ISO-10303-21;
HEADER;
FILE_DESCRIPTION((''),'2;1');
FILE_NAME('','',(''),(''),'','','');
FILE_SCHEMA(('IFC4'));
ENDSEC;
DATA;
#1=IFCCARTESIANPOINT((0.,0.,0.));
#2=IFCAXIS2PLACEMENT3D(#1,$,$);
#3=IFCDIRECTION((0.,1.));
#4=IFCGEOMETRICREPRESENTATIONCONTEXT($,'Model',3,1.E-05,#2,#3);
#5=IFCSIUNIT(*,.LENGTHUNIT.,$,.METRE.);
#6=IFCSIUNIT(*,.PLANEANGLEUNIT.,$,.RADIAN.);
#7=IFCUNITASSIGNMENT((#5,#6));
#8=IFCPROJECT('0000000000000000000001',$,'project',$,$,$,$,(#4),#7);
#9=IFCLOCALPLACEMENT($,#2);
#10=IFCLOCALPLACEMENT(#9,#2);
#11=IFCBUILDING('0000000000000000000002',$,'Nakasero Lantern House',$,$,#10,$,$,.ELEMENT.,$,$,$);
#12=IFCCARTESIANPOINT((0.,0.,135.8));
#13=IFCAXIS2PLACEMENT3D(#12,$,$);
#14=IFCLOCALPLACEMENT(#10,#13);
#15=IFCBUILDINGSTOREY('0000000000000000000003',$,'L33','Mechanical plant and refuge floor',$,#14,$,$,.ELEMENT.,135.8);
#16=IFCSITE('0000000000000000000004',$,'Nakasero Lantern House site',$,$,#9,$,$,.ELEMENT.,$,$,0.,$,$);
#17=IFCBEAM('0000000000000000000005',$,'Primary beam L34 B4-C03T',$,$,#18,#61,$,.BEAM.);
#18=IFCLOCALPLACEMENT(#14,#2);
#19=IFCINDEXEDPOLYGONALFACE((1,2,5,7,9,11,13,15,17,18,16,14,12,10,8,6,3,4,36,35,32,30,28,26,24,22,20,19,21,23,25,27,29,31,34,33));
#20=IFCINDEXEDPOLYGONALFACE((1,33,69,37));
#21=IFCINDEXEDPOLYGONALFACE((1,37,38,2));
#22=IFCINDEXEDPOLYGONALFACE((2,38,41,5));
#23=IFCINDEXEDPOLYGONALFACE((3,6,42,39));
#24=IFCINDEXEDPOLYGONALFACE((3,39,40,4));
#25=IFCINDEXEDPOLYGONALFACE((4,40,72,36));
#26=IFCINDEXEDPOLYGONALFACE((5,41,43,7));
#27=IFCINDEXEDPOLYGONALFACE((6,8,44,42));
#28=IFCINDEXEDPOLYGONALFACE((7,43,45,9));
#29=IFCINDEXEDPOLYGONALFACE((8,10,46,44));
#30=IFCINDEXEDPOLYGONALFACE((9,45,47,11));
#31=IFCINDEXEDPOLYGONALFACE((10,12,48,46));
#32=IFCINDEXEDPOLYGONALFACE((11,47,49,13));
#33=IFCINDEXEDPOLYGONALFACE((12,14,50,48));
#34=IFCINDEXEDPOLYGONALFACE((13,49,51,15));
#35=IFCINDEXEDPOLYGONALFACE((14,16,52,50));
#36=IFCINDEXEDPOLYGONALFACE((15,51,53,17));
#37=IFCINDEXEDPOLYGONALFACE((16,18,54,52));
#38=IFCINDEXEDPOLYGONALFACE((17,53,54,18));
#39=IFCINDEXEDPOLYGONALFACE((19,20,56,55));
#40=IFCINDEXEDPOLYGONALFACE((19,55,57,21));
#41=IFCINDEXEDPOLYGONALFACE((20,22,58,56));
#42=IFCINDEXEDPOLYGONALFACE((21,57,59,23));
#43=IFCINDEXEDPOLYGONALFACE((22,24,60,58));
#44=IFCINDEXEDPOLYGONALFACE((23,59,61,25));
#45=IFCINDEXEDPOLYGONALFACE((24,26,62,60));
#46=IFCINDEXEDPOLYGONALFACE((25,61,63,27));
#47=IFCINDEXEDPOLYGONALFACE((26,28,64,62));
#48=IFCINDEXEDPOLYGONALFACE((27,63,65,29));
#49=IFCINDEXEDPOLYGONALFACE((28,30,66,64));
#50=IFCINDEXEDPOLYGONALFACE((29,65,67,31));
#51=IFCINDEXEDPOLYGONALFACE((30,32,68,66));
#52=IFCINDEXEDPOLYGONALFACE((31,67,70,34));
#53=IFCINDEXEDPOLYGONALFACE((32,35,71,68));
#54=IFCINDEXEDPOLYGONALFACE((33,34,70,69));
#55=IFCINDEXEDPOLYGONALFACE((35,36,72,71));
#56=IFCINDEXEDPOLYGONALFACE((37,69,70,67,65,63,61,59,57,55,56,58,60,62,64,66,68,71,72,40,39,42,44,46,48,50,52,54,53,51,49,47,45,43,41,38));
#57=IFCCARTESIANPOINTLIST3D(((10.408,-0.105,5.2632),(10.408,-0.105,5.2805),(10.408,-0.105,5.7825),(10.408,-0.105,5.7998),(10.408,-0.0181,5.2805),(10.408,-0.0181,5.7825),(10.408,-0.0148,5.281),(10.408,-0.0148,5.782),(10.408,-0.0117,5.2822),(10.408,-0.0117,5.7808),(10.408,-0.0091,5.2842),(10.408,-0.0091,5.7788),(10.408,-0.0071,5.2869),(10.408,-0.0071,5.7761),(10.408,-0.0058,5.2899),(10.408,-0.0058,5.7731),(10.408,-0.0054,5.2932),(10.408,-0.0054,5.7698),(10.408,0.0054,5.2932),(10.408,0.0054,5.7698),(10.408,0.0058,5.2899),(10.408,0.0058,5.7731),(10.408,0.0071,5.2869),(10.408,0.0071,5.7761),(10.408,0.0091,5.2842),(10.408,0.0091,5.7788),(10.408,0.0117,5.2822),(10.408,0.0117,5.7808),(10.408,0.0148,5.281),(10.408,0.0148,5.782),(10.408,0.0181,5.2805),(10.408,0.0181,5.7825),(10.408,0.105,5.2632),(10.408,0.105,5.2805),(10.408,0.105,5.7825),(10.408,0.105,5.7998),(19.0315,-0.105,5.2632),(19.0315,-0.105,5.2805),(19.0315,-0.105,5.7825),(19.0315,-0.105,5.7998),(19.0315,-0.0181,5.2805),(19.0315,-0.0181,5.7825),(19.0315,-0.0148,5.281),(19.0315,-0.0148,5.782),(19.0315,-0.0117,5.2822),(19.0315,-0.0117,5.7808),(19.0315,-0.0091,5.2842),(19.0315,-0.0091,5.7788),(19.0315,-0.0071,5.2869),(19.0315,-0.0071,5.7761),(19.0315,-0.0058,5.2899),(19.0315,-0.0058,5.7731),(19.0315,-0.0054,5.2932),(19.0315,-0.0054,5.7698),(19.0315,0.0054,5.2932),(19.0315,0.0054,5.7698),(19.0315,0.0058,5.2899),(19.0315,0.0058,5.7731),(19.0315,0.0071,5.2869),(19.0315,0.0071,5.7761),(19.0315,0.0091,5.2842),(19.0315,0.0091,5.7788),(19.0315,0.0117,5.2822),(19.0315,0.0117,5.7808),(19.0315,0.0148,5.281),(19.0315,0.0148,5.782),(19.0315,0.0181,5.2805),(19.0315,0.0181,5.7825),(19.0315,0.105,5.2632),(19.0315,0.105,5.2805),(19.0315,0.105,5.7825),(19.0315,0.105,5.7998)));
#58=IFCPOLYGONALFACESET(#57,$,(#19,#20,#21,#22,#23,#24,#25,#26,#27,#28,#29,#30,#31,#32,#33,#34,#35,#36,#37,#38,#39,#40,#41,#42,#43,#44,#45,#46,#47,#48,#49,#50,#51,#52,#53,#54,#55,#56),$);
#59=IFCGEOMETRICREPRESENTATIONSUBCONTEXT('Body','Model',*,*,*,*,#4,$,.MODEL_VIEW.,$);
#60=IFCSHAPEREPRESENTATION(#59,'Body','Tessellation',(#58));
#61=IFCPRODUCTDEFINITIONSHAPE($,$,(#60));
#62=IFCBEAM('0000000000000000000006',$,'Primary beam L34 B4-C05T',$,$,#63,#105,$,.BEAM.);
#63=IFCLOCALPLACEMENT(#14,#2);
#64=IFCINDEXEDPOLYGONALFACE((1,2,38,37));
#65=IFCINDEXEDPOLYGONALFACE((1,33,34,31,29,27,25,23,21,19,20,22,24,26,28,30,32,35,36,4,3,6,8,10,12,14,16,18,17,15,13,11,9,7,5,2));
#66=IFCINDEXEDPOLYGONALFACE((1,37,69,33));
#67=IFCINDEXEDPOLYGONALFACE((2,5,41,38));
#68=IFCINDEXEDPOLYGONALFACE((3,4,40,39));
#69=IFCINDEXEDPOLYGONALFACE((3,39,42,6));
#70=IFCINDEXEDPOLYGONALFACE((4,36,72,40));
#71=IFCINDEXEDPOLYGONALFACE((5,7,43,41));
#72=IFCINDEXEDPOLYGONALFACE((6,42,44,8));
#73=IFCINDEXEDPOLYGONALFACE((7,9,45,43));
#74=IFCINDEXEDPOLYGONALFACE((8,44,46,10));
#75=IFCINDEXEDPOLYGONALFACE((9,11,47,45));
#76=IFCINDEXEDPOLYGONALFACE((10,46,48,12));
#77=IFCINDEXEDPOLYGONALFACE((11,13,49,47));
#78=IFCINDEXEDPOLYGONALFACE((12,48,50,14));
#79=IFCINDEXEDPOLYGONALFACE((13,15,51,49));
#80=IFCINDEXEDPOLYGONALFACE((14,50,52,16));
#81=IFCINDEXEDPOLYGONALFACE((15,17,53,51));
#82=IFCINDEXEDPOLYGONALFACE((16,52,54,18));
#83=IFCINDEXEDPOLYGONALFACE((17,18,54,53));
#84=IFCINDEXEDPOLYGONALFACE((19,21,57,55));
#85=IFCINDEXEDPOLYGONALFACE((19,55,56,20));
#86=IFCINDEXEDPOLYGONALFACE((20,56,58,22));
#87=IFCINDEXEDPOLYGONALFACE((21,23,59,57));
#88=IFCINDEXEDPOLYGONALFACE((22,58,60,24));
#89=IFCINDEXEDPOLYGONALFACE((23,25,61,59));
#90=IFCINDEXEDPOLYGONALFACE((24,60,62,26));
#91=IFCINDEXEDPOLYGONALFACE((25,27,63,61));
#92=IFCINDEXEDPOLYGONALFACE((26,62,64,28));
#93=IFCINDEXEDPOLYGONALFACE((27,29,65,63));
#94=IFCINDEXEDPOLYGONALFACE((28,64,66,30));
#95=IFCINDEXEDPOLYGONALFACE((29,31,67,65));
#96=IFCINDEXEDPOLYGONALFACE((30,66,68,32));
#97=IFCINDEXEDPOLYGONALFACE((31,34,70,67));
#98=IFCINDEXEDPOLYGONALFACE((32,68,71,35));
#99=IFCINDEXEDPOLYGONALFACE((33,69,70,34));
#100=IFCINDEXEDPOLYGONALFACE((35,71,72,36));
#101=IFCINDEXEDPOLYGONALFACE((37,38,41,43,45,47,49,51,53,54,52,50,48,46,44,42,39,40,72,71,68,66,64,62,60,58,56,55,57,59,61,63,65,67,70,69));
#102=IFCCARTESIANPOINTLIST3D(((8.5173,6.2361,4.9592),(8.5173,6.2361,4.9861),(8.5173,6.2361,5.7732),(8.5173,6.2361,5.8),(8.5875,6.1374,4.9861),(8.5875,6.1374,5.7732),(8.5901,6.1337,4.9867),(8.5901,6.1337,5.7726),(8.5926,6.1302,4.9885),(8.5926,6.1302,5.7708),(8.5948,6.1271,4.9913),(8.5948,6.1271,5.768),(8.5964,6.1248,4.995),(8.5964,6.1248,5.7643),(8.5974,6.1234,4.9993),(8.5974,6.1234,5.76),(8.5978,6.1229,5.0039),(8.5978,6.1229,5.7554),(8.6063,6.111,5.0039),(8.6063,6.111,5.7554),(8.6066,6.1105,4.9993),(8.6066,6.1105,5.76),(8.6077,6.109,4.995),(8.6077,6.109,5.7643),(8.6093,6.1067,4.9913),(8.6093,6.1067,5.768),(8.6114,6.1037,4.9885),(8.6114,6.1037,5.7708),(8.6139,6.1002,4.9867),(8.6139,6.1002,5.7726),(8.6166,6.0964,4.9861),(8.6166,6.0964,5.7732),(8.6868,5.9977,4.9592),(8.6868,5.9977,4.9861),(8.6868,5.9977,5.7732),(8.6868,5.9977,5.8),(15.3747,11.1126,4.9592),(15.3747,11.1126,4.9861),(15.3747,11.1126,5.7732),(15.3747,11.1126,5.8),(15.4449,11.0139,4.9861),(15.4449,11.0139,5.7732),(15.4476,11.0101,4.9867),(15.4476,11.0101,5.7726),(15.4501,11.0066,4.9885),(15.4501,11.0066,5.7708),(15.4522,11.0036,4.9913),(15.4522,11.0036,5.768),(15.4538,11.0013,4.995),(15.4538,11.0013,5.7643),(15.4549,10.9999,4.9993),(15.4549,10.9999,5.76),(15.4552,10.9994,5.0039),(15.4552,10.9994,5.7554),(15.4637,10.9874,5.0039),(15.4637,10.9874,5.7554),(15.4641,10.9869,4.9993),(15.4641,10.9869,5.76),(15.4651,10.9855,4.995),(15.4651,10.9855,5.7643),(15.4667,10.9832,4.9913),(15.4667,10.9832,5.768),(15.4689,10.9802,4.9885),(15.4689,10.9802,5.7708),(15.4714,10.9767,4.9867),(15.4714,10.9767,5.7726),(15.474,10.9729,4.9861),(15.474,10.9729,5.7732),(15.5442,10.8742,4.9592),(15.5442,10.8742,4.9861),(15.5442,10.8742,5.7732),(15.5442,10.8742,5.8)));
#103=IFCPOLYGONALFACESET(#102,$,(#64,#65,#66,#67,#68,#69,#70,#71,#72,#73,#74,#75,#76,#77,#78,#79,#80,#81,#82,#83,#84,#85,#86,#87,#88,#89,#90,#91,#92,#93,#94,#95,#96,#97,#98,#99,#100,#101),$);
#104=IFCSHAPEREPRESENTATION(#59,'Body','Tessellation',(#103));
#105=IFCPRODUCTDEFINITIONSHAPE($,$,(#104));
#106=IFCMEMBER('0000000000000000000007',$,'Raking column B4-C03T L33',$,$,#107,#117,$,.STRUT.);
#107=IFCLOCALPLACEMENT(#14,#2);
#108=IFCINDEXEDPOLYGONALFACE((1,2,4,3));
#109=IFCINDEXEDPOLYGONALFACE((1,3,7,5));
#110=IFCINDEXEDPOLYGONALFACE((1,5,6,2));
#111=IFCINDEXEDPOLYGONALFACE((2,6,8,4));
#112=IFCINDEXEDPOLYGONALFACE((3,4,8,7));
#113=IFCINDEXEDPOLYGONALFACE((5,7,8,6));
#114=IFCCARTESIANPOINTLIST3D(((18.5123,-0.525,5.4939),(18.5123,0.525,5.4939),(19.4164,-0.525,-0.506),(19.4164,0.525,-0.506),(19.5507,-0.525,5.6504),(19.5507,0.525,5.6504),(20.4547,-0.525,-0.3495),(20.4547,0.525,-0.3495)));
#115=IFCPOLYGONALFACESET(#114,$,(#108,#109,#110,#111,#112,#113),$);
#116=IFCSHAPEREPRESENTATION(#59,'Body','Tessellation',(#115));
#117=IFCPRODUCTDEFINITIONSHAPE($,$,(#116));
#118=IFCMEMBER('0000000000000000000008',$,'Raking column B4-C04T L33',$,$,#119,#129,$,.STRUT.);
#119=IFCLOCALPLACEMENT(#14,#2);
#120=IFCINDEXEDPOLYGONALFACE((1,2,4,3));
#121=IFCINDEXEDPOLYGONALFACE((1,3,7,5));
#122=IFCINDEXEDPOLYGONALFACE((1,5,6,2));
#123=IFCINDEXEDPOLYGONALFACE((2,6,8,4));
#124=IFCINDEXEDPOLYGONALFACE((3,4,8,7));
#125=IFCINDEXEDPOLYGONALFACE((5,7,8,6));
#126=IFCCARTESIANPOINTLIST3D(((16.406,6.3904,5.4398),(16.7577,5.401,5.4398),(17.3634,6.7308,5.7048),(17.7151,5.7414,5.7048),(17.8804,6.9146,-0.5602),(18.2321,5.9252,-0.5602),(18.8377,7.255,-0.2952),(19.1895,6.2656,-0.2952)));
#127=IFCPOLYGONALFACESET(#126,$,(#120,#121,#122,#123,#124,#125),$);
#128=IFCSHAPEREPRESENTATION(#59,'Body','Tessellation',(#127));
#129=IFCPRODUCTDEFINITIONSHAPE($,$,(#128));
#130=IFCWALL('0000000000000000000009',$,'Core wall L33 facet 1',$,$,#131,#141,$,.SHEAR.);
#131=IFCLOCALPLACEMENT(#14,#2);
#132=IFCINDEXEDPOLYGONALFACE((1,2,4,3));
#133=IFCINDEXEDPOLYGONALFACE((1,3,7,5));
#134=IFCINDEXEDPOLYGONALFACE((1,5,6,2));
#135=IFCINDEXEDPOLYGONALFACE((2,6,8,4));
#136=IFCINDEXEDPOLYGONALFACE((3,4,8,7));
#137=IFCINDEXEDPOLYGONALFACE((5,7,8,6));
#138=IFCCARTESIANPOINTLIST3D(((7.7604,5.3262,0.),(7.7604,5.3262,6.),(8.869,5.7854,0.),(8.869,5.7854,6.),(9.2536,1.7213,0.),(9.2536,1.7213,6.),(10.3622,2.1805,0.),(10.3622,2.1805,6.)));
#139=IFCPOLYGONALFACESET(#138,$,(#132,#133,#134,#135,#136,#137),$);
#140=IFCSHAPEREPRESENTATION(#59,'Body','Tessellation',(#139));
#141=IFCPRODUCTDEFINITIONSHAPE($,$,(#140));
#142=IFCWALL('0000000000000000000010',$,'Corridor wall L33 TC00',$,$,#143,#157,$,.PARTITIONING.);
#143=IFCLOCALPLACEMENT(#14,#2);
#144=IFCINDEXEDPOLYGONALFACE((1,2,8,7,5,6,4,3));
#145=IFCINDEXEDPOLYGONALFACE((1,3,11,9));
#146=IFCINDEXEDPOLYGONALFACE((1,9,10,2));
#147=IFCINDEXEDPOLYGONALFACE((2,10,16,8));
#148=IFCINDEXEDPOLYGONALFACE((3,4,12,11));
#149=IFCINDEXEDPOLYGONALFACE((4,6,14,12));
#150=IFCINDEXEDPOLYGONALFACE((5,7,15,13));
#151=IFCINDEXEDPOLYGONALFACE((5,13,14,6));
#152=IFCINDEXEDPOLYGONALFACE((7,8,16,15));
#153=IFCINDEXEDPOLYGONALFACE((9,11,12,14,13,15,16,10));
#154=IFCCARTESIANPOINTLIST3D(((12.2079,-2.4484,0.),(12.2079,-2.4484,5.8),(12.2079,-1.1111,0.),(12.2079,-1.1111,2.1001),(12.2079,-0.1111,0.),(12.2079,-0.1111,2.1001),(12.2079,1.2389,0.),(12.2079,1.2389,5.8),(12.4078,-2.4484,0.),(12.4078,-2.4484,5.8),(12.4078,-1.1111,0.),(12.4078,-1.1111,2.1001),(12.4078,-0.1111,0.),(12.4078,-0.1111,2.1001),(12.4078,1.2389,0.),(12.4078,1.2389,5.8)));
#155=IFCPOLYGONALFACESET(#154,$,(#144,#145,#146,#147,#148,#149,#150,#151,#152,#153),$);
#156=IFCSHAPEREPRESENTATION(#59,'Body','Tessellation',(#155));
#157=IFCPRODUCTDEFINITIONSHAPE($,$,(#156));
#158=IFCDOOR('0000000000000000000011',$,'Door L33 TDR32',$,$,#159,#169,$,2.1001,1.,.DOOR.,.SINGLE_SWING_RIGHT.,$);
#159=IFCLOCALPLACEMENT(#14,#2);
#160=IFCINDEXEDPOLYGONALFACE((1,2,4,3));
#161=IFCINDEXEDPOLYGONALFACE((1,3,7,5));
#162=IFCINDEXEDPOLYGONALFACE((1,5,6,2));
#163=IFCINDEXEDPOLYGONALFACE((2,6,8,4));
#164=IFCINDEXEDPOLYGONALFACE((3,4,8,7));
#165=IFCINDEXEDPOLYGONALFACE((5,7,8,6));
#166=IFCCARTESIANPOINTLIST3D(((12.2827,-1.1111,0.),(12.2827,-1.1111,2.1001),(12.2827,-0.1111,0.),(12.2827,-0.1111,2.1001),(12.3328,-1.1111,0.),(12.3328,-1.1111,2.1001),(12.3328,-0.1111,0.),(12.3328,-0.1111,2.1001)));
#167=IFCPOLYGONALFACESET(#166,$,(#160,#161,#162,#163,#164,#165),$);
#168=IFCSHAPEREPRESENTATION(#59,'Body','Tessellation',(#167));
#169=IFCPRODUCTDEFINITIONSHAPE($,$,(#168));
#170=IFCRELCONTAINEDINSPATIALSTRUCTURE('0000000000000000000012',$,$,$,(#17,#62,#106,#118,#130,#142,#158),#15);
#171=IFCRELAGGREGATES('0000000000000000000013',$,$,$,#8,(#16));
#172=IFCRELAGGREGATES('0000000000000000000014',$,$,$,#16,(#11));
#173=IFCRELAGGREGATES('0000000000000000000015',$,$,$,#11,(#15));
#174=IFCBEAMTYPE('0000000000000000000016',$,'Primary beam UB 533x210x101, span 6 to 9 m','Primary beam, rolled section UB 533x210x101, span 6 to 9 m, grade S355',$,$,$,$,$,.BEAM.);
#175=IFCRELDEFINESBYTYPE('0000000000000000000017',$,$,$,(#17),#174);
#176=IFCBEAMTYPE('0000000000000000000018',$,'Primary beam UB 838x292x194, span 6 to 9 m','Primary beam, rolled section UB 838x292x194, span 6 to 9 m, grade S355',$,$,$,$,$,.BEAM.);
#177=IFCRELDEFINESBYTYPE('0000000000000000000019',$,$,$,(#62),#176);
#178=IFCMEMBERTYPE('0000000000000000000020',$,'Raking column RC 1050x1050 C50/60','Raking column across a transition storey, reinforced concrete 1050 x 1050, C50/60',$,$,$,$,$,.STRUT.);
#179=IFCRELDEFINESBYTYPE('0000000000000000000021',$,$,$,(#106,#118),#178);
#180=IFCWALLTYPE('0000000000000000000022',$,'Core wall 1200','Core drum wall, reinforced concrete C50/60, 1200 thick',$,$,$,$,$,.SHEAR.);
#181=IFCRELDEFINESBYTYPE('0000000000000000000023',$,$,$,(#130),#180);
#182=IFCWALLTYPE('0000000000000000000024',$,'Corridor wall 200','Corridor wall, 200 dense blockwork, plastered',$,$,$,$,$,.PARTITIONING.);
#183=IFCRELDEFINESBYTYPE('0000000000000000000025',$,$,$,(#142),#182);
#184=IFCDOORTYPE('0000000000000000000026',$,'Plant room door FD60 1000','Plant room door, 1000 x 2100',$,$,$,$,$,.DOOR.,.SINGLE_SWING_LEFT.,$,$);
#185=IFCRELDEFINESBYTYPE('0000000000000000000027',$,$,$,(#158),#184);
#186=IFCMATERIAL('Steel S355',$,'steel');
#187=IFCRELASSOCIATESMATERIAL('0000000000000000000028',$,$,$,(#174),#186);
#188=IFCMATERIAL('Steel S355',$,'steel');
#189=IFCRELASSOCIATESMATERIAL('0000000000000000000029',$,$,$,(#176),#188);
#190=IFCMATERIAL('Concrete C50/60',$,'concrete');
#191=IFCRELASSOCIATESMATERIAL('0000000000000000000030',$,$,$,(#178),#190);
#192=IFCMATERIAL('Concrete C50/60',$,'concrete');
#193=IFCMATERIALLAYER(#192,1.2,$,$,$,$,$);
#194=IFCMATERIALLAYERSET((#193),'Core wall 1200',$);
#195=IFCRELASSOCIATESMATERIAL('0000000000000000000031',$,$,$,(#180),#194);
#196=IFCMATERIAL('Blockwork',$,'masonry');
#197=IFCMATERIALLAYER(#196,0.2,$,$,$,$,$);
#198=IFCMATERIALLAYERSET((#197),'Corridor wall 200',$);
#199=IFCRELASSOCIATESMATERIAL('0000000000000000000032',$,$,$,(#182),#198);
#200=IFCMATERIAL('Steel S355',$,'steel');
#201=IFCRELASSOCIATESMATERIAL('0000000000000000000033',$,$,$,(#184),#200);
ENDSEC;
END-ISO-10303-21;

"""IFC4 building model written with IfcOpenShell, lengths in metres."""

from ifc_helpers import new_model, si_unit, direction, frame, frame_2d, origin, origin_2d, place, context, subcontext, project, spatial, rectangle, i_section, extrude, material, layer, layer_set, material_profile, profile_set, type_object, element, fill, save


model = new_model("IFC4")

# Units and contexts
model_context = context("Model", 3, precision=1e-05, world=origin(), true_north=direction((0.0, 1.0)))
body_context = subcontext(model_context, "Body", "Model", "MODEL_VIEW")
ifc_project = project(units=[si_unit("LENGTHUNIT", "METRE"), si_unit("PLANEANGLEUNIT", "RADIAN")], contexts=[model_context])

# Site, building, storey
site_placement = place(None, origin())
site = spatial("IfcSite", under=ifc_project, at=site_placement, Name="Nakasero Lantern House site", CompositionType="ELEMENT", RefElevation=0.0)
building_placement = place(site_placement, origin())
building = spatial("IfcBuilding", under=site, at=building_placement, Name="Nakasero Lantern House", CompositionType="ELEMENT")
storey_placement = place(building_placement, frame((0.0, 0.0, 135.8)))
storey = spatial("IfcBuildingStorey", under=building, at=storey_placement, Name="L33", Description="Mechanical plant and refuge floor", CompositionType="ELEMENT", Elevation=135.8)

# Beams
ifc_material_1 = material(Name="Steel S355", Category="steel")
ifc_material_profile_1 = material_profile(ifc_material_1, i_section(OverallWidth=0.21, OverallDepth=0.5366, WebThickness=0.0107, FlangeThickness=0.0173, FilletRadius=0.0127, at=origin_2d()), Name="UB 533x210x101")
ifc_profile_set_1 = profile_set([ifc_material_profile_1], Name="Steel S355")
beam_type_1 = type_object("IfcBeamType", Name="Primary beam UB 533x210x101, span 6 to 9 m", Description="Primary beam, rolled section UB 533x210x101, span 6 to 9 m, grade S355", PredefinedType="BEAM", material=ifc_profile_set_1)
beam_1_placement = place(storey_placement, frame((19.0315, 0.0, 5.5315), z_axis=(-1.0, 0.0, 0.0), x_axis=(0.0, -1.0, 0.0)))
element("IfcBeam", 1, at=beam_1_placement, inside=storey, type_object=beam_type_1, Name="Primary beam L34 B4-C03T", PredefinedType="BEAM", context=body_context, shape_type="SweptSolid", body=[
    extrude(i_section(OverallWidth=0.21, OverallDepth=0.5366, WebThickness=0.0107, FlangeThickness=0.0173, FilletRadius=0.0127, at=origin_2d()), origin(), (0.0, 0.0, 1.0), 8.6235),
])
ifc_material_2 = material(Name="Steel S355", Category="steel")
ifc_material_profile_2 = material_profile(ifc_material_2, i_section(OverallWidth=0.2925, OverallDepth=0.8408, WebThickness=0.0146, FlangeThickness=0.0269, FilletRadius=0.0178, at=origin_2d()), Name="UB 838x292x194")
ifc_profile_set_2 = profile_set([ifc_material_profile_2], Name="Steel S355")
beam_type_2 = type_object("IfcBeamType", Name="Primary beam UB 838x292x194, span 6 to 9 m", Description="Primary beam, rolled section UB 838x292x194, span 6 to 9 m, grade S355", PredefinedType="BEAM", material=ifc_profile_set_2)
beam_2_placement = place(storey_placement, frame((15.4595, 10.9934, 5.3796), z_axis=(-0.814951, -0.57953, 0.0), x_axis=(0.57953, -0.814951, 0.0)))
element("IfcBeam", 2, at=beam_2_placement, inside=storey, type_object=beam_type_2, Name="Primary beam L34 B4-C05T", PredefinedType="BEAM", context=body_context, shape_type="SweptSolid", body=[
    extrude(i_section(OverallWidth=0.2925, OverallDepth=0.8408, WebThickness=0.0146, FlangeThickness=0.0269, FilletRadius=0.0178, at=origin_2d()), origin(), (0.0, 0.0, 1.0), 8.4146),
])

# Members
ifc_material_3 = material(Name="Concrete C50/60", Category="concrete")
ifc_material_profile_3 = material_profile(ifc_material_3, rectangle(XDim=1.05, YDim=1.05, at=origin_2d()), Name="RC 1050x1050")
ifc_profile_set_3 = profile_set([ifc_material_profile_3], Name="Concrete C50/60")
member_type_1 = type_object("IfcMemberType", Name="Raking column RC 1050x1050 C50/60", Description="Raking column across a transition storey, reinforced concrete 1050 x 1050, C50/60", PredefinedType="STRUT", material=ifc_profile_set_3)
member_1_placement = place(storey_placement, frame((19.9355, 0.0, -0.4277), z_axis=(-0.148994, 0.0, 0.988838), x_axis=(0.0, -1.0, 0.0)))
element("IfcMember", 3, at=member_1_placement, inside=storey, type_object=member_type_1, Name="Raking column B4-C03T L33", PredefinedType="STRUT", context=body_context, shape_type="SweptSolid", body=[
    extrude(rectangle(XDim=1.05, YDim=1.05, at=origin_2d()), origin(), (0.0, 0.0, 1.0), 6.0676),
])
member_2_placement = place(storey_placement, frame((18.5349, 6.5901, -0.4277), z_axis=(-0.237775, -0.084534, 0.967635), x_axis=(0.334982, -0.942225, 0.0)))
element("IfcMember", 4, at=member_2_placement, inside=storey, type_object=member_type_1, Name="Raking column B4-C04T L33", PredefinedType="STRUT", context=body_context, shape_type="SweptSolid", body=[
    extrude(rectangle(XDim=1.05, YDim=1.05, at=origin_2d()), origin(), (0.0, 0.0, 1.0), 6.2007),
])

# Wall
ifc_material_4 = material(Name="Concrete C50/60", Category="concrete")
ifc_layer_1 = layer(ifc_material_4, 1.2)
ifc_layer_set_1 = layer_set([ifc_layer_1], Name="Core wall 1200")
wall_type_1 = type_object("IfcWallType", Name="Core wall 1200", Description="Core drum wall, reinforced concrete C50/60, 1200 thick", PredefinedType="SHEAR", material=ifc_layer_set_1)
wall_1_placement = place(storey_placement, frame((9.8079, 1.9509, 0.0), z_axis=(0.0, 0.0, 1.0), x_axis=(-0.382691, 0.923877, 0.0)))
element("IfcWall", 5, at=wall_1_placement, inside=storey, type_object=wall_type_1, Name="Core wall L33 facet 1", PredefinedType="SHEAR", context=body_context, shape_type="SweptSolid", body=[
    extrude(rectangle(XDim=3.9019, YDim=1.2, at=frame_2d((1.9509, 0.0))), origin(), (0.0, 0.0, 1.0), 6.0),
])

# Wall, opening, door
ifc_material_5 = material(Name="Blockwork", Category="masonry")
ifc_layer_2 = layer(ifc_material_5, 0.2)
ifc_layer_set_2 = layer_set([ifc_layer_2], Name="Corridor wall 200")
wall_type_2 = type_object("IfcWallType", Name="Corridor wall 200", Description="Corridor wall, 200 dense blockwork, plastered", PredefinedType="PARTITIONING", material=ifc_layer_set_2)
wall_2_placement = place(storey_placement, frame((12.3079, 1.239, 0.0), z_axis=(0.0, 0.0, 1.0), x_axis=(0.0, -1.0, 0.0)))
wall_2 = element("IfcWall", 6, at=wall_2_placement, inside=storey, type_object=wall_type_2, Name="Corridor wall L33 TC00", PredefinedType="PARTITIONING", context=body_context, shape_type="SweptSolid", body=[
    extrude(rectangle(XDim=3.6873, YDim=0.2, at=frame_2d((1.8438, 0.0))), origin(), (0.0, 0.0, 1.0), 5.8),
])
opening_1_placement = place(wall_2_placement, frame((1.3501, 0.0, 0.0)))
opening_1 = element("IfcOpeningElement", 7, at=opening_1_placement, cuts=wall_2, PredefinedType="OPENING", context=body_context, shape_type="SweptSolid", body=[
    extrude(rectangle(XDim=1.0, YDim=2.1001, at=frame_2d((0.5, 1.05))), frame((0.0, 0.1199, 0.0), z_axis=(0.0, -1.0, 0.0), x_axis=(1.0, 0.0, 0.0)), (0.0, 0.0, 1.0), 0.24),
])
ifc_material_6 = material(Name="Steel S355", Category="steel")
door_type_1 = type_object("IfcDoorType", Name="Plant room door FD60 1000", Description="Plant room door, 1000 x 2100", OperationType="SINGLE_SWING_LEFT", PredefinedType="DOOR", material=ifc_material_6)
door_1_placement = place(opening_1_placement, origin())
door_1 = element("IfcDoor", 8, at=door_1_placement, inside=storey, type_object=door_type_1, Name="Door L33 TDR32", OperationType="SINGLE_SWING_RIGHT", OverallHeight=2.1001, OverallWidth=1.0, PredefinedType="DOOR", context=body_context, shape_type="SweptSolid", body=[
    extrude(rectangle(XDim=1.0, YDim=2.1001, at=frame_2d((0.5, 1.05))), frame((0.0, 0.0249, 0.0), z_axis=(0.0, -1.0, 0.0), x_axis=(1.0, 0.0, 0.0)), (0.0, 0.0, 1.0), 0.05),
])
fill(opening_1, door_1)

save(model, "model.ifc")
